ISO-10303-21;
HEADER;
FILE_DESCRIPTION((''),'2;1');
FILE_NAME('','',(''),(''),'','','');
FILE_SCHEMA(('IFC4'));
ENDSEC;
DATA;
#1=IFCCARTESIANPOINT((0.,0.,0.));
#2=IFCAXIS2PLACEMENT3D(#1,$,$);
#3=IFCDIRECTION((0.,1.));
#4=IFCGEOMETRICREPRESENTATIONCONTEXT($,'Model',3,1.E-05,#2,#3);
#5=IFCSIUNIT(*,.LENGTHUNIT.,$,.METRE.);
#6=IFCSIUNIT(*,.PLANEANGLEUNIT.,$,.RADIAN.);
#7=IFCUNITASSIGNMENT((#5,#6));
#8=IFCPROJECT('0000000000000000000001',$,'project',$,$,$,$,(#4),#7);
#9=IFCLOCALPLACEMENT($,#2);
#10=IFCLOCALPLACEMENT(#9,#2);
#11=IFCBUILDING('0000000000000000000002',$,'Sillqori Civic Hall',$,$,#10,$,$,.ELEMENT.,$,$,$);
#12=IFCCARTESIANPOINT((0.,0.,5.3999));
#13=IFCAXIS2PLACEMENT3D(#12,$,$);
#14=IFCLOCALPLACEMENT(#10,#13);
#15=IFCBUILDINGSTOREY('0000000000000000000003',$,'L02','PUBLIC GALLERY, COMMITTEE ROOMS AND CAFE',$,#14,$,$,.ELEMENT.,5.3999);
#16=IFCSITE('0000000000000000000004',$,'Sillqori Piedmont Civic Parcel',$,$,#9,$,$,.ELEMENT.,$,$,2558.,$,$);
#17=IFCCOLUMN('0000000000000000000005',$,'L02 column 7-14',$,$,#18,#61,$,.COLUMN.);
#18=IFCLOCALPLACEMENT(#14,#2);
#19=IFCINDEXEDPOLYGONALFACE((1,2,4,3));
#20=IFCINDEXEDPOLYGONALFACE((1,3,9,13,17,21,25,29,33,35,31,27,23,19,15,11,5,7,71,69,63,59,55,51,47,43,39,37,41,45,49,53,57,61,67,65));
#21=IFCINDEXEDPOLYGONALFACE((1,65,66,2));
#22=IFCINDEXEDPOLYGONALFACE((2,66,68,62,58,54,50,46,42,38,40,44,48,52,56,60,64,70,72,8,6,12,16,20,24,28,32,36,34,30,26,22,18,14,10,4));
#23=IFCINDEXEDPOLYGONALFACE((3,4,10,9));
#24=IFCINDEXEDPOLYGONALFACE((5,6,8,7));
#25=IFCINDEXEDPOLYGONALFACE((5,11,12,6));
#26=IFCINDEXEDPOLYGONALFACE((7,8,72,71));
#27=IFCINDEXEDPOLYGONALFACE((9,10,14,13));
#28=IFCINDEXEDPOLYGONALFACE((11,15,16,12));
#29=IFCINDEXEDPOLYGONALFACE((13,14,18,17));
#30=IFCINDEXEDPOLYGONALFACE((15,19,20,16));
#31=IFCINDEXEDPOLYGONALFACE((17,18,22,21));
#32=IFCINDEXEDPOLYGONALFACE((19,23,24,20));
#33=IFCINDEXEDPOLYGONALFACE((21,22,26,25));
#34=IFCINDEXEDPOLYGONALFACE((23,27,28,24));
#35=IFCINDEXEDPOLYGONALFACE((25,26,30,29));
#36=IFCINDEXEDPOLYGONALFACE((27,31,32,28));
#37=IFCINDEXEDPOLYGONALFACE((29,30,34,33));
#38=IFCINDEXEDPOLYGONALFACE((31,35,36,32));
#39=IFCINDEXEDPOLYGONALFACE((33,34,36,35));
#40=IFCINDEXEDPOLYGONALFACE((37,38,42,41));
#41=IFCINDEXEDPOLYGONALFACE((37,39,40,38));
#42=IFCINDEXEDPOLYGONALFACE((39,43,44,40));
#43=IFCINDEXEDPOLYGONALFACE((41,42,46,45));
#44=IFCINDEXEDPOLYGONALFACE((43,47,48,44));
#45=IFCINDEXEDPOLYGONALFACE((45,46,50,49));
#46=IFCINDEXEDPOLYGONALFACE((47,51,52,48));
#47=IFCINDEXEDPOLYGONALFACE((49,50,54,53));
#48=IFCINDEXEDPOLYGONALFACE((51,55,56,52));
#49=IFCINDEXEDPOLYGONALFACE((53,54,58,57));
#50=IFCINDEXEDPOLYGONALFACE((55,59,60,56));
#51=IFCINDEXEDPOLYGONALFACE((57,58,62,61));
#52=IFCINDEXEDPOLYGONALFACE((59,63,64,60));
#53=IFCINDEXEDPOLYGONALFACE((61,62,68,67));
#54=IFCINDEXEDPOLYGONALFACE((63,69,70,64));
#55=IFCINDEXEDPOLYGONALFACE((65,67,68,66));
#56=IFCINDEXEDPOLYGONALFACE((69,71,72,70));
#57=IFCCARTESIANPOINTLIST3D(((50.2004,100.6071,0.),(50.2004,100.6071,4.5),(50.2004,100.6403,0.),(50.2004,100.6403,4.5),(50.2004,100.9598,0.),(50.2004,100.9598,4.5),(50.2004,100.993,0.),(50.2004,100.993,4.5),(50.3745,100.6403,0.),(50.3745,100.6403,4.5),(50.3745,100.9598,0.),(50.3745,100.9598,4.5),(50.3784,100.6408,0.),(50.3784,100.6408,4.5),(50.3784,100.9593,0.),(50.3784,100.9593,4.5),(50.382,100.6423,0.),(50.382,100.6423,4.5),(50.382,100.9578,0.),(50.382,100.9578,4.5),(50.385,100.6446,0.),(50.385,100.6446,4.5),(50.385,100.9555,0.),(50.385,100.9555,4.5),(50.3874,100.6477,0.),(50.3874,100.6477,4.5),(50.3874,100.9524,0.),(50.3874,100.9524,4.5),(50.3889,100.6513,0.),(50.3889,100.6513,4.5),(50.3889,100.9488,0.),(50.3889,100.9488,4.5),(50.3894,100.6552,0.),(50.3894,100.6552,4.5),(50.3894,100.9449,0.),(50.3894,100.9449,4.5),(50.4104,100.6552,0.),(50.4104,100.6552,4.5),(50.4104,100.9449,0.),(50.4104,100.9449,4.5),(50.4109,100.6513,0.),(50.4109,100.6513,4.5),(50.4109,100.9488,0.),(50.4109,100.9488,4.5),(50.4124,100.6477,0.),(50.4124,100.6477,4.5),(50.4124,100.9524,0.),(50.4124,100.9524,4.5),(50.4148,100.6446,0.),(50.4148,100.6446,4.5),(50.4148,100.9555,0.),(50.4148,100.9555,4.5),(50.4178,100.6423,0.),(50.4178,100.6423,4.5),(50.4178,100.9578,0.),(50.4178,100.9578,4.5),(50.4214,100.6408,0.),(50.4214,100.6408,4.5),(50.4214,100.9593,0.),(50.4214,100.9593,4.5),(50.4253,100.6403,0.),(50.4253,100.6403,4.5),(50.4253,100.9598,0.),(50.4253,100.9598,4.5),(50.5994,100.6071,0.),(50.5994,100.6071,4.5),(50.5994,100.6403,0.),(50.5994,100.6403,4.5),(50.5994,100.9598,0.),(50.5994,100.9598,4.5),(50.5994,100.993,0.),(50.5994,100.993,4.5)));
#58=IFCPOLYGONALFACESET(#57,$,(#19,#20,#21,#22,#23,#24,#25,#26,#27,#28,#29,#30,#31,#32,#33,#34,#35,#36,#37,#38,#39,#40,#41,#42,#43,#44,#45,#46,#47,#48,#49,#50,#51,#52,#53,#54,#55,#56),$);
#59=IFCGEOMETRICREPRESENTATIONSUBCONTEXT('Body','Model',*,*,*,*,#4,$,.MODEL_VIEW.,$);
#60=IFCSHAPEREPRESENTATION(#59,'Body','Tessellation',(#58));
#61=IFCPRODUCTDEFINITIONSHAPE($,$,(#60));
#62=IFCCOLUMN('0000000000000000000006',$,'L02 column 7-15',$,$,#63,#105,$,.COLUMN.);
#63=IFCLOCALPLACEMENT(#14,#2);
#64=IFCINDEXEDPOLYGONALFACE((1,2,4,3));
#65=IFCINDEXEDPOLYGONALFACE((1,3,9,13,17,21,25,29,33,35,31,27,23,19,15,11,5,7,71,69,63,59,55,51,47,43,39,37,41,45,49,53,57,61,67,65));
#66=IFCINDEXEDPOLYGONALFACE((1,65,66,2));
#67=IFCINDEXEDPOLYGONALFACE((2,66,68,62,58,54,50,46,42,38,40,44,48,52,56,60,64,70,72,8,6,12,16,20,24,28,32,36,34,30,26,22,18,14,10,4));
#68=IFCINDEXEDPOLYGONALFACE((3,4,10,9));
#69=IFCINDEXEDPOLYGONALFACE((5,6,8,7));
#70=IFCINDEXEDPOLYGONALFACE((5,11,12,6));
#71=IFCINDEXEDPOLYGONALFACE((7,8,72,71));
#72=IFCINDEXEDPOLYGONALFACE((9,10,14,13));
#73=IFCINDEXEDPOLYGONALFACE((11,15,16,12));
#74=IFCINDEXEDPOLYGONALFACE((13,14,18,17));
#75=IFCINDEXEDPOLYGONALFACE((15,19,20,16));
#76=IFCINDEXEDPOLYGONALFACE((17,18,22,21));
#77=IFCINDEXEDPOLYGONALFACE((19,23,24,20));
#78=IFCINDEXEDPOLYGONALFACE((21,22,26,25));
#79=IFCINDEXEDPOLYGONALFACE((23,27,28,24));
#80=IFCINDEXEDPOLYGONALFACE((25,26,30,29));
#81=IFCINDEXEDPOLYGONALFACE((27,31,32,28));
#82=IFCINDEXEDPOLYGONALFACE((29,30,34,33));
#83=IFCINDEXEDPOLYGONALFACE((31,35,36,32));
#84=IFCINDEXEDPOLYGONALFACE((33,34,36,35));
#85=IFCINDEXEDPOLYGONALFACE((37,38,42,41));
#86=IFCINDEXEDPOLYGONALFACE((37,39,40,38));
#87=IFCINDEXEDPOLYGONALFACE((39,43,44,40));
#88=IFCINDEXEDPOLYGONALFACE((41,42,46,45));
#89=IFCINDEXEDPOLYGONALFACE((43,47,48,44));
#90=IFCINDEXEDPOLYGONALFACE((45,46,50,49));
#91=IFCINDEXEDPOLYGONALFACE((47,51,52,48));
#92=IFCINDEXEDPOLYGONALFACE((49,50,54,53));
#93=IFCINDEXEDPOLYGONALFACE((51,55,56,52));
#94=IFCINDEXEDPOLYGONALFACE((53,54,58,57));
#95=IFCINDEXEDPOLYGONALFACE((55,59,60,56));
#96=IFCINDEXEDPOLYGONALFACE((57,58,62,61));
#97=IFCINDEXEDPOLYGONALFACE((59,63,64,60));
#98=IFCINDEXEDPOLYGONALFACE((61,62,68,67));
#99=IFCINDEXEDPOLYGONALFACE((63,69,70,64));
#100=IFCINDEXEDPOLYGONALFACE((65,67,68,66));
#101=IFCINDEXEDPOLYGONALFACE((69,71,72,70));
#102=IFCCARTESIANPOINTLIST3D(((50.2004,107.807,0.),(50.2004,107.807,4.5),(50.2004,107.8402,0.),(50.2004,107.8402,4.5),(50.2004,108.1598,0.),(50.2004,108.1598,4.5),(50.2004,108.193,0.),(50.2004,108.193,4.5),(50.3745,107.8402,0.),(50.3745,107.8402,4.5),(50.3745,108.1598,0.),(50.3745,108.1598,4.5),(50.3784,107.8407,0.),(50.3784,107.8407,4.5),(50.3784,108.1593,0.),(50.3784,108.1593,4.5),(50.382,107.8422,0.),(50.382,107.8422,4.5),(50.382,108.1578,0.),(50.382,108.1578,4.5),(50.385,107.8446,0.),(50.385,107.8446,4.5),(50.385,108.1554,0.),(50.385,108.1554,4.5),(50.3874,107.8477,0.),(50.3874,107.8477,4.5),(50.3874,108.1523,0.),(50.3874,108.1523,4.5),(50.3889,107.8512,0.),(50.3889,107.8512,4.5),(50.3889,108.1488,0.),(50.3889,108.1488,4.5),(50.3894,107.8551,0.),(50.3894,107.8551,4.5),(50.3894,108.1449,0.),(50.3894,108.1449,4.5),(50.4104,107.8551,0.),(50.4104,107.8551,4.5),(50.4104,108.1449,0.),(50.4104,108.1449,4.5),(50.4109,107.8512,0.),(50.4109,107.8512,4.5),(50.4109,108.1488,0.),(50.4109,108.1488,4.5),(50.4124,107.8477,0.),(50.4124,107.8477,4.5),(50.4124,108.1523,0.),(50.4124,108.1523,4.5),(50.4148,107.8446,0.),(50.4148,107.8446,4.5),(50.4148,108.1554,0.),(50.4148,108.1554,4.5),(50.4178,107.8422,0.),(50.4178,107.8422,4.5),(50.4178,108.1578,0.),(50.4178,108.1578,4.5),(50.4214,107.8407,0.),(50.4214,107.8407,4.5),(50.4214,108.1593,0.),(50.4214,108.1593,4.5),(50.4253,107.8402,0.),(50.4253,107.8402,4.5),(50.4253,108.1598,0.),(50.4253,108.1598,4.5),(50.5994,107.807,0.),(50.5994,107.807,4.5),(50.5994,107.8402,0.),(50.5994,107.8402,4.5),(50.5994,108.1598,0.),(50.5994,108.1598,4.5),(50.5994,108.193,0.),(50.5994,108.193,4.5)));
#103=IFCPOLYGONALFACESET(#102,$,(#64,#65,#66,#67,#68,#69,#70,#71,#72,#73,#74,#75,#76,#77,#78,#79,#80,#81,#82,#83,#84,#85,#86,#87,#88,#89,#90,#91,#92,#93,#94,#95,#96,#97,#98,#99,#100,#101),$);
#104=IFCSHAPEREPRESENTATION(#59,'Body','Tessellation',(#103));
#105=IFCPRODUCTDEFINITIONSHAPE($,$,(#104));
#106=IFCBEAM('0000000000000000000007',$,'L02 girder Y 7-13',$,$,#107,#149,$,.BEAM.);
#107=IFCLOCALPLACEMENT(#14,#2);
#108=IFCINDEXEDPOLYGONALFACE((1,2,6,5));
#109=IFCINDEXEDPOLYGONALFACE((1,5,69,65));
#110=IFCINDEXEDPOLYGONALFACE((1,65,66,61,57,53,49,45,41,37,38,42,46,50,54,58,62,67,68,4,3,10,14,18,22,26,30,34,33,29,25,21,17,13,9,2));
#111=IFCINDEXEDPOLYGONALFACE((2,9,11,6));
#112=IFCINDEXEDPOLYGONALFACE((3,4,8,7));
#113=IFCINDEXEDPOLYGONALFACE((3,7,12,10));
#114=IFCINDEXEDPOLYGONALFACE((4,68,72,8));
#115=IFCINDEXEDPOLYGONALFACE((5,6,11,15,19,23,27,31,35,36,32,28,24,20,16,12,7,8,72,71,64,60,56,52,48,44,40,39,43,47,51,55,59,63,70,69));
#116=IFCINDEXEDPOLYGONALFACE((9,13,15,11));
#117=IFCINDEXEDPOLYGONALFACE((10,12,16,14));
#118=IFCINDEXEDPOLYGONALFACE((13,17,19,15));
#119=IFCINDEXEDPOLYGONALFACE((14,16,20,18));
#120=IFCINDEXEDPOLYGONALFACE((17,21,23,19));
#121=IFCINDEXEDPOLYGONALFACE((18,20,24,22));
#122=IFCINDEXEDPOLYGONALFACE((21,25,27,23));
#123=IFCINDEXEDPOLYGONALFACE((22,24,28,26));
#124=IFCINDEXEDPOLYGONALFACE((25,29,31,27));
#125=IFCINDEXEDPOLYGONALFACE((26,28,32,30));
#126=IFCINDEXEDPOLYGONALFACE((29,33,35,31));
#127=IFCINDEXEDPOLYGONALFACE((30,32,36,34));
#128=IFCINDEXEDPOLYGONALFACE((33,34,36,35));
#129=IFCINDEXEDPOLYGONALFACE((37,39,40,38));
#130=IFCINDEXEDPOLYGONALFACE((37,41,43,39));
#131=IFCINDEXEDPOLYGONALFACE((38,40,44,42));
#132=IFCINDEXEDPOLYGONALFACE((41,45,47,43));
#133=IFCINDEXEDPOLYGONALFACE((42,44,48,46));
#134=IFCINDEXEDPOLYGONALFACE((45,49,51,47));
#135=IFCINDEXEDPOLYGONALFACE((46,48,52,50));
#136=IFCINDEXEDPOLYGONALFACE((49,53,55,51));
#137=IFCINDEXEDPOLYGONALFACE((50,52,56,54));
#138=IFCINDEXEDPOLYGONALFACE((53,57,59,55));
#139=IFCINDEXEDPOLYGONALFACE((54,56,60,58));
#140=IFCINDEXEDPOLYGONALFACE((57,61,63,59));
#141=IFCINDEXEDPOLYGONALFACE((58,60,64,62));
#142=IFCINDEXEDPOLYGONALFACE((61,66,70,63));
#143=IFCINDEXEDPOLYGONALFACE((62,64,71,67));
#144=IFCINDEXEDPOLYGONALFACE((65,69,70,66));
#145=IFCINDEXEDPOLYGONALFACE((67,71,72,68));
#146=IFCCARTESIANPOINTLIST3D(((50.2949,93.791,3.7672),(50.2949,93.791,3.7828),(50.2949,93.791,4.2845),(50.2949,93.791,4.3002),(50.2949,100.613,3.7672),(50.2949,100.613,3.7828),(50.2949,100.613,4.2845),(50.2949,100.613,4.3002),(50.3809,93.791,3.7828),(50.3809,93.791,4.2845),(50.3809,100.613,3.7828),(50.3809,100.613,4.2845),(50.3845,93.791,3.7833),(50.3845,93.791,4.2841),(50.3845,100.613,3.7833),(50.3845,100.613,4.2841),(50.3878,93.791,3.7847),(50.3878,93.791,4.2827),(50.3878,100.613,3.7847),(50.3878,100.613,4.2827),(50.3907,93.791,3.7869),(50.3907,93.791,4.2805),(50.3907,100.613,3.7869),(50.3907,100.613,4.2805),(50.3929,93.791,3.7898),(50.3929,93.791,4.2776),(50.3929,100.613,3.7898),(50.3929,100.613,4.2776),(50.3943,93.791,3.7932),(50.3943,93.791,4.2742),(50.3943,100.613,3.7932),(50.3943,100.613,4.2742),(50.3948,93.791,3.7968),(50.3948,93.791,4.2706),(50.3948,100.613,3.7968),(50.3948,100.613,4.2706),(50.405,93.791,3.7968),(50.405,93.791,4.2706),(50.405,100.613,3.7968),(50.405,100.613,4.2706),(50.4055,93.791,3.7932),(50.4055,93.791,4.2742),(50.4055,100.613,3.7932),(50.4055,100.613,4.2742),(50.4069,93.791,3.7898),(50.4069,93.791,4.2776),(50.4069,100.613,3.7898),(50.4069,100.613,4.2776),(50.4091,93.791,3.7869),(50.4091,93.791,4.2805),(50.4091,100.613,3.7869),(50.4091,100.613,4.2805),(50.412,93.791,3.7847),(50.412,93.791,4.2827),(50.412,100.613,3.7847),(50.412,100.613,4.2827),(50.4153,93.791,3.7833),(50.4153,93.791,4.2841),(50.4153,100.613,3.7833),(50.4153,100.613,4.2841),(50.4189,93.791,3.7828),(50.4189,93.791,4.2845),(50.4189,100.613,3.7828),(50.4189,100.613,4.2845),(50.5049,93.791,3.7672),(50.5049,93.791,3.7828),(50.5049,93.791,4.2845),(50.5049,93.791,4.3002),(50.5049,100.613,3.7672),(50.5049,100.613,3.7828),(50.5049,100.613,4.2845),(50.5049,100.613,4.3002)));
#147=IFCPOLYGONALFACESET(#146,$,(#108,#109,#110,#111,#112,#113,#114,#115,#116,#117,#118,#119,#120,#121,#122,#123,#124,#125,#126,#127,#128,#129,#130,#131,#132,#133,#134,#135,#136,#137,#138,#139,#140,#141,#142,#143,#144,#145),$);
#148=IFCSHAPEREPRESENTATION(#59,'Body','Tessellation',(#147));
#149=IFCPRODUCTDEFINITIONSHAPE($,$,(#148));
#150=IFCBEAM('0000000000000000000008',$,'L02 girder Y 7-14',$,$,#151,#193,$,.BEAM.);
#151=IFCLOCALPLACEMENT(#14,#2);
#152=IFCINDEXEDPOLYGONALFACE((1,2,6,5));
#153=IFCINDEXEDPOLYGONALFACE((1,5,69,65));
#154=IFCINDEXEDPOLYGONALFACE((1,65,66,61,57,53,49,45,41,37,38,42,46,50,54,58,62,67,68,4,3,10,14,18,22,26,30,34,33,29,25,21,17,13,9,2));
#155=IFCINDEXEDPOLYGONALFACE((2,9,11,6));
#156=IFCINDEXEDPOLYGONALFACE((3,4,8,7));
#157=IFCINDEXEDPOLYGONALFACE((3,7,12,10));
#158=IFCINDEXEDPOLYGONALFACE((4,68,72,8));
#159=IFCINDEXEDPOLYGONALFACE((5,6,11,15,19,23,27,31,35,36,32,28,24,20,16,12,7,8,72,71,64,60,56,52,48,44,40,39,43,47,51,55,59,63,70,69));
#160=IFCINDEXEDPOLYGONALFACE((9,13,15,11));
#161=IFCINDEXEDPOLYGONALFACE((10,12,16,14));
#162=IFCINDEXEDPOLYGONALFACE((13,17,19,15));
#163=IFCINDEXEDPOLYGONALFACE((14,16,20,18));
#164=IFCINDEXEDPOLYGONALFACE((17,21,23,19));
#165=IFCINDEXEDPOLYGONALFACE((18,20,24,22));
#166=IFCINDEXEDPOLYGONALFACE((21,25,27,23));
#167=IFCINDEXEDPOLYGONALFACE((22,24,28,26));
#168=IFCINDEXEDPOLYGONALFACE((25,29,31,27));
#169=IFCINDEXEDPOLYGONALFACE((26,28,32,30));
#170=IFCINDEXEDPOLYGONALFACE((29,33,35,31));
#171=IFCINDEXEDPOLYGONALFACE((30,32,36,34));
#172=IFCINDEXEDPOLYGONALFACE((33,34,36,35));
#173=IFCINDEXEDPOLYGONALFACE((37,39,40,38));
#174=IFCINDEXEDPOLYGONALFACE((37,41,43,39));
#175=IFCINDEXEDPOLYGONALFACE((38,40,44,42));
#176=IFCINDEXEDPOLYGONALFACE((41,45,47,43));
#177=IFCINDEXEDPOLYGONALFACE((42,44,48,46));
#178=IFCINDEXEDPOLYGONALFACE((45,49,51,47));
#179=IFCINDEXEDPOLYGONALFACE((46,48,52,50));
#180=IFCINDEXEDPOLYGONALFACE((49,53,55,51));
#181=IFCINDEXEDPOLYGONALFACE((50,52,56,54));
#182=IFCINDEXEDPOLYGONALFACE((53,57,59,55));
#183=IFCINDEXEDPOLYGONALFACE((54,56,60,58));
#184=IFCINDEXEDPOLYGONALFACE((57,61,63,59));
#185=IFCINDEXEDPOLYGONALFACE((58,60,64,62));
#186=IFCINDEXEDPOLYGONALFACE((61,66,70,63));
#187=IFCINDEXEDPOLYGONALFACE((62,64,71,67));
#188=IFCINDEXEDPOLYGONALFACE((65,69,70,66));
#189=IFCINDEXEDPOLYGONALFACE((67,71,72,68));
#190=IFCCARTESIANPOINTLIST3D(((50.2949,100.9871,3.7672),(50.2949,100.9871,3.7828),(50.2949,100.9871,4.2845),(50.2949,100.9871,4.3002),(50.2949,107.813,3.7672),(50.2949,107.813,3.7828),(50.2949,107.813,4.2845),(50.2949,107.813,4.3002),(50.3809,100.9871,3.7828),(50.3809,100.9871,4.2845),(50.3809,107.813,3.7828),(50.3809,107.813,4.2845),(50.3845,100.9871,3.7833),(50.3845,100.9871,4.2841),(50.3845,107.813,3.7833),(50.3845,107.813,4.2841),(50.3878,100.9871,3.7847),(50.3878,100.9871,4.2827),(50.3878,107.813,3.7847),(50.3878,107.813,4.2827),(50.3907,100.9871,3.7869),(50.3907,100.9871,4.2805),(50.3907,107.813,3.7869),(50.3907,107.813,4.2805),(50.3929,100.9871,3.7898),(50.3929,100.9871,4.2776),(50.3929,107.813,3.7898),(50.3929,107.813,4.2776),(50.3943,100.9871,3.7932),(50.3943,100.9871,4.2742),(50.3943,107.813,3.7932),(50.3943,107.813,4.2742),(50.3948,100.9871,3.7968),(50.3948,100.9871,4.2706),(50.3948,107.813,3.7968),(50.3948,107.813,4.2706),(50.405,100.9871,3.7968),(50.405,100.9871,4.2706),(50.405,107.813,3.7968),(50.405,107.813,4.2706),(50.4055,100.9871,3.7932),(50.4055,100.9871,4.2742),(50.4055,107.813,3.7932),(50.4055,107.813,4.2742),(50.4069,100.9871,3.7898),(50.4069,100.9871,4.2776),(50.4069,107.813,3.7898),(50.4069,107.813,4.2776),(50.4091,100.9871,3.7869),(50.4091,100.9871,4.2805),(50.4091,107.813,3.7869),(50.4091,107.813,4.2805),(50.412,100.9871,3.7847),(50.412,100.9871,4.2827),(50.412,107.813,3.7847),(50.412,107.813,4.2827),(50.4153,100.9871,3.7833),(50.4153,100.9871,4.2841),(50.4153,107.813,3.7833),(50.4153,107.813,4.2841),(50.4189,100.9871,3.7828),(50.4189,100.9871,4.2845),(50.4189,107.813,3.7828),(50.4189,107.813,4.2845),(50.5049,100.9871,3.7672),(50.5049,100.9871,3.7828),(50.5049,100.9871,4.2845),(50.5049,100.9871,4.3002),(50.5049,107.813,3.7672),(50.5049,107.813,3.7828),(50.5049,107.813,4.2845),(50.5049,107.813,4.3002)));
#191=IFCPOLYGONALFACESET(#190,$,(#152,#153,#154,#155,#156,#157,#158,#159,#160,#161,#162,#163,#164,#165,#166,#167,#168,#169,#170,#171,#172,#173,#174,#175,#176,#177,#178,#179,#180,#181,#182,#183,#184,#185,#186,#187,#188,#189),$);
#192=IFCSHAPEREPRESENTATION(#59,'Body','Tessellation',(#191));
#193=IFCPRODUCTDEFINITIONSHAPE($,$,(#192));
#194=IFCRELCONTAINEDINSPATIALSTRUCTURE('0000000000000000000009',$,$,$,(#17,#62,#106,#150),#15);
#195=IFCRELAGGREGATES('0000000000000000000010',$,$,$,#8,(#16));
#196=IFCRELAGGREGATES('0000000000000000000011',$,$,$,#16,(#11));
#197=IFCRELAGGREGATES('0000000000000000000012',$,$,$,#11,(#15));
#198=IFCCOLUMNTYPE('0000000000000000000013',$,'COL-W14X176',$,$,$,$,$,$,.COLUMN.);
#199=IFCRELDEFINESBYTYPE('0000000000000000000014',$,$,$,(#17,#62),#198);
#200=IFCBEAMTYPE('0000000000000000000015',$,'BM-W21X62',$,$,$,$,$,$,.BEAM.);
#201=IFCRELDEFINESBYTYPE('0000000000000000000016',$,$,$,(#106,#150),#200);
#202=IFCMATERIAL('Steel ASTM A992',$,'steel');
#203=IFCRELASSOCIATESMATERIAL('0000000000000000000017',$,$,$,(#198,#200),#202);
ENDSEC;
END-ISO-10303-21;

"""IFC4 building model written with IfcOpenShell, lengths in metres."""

from ifc_helpers import new_model, si_unit, direction, frame, origin, origin_2d, place, context, subcontext, project, spatial, i_section, extrude, material, material_profile, profile_set, type_object, element, save


model = new_model("IFC4")

# Units and contexts
model_context = context("Model", 3, precision=1e-05, world=origin(), true_north=direction((0.0, 1.0)))
body_context = subcontext(model_context, "Body", "Model", "MODEL_VIEW")
ifc_project = project(units=[si_unit("LENGTHUNIT", "METRE"), si_unit("PLANEANGLEUNIT", "RADIAN")], contexts=[model_context])

# Site, building, storey
site_placement = place(None, origin())
site = spatial("IfcSite", under=ifc_project, at=site_placement, Name="Sillqori Piedmont Civic Parcel", CompositionType="ELEMENT", RefElevation=2558.0)
building_placement = place(site_placement, origin())
building = spatial("IfcBuilding", under=site, at=building_placement, Name="Sillqori Civic Hall", CompositionType="ELEMENT")
storey_placement = place(building_placement, frame((0.0, 0.0, 5.3999)))
storey = spatial("IfcBuildingStorey", under=building, at=storey_placement, Name="L02", Description="PUBLIC GALLERY, COMMITTEE ROOMS AND CAFE", CompositionType="ELEMENT", Elevation=5.3999)

# Columns
ifc_material_1 = material(Name="Steel ASTM A992", Category="steel")
ifc_material_profile_1 = material_profile(ifc_material_1, i_section(OverallWidth=0.3989, OverallDepth=0.386, WebThickness=0.021, FlangeThickness=0.0332, FilletRadius=0.0149, at=origin_2d()), Name="W14X176")
ifc_profile_set_1 = profile_set([ifc_material_profile_1], Name="Steel ASTM A992")
column_type = type_object("IfcColumnType", Name="COL-W14X176", PredefinedType="COLUMN", material=ifc_profile_set_1)
for number, where, z_axis, x_axis, name in (
    (1, (50.3999, 100.8, 0.0), (0.0, 0.0, 1.0), (1.0, 0.0, 0.0), "L02 column 7-14"),
    (2, (50.3999, 108.0, 0.0), (0.0, 0.0, 1.0), (1.0, 0.0, 0.0), "L02 column 7-15"),
):
    element("IfcColumn", number, at=place(storey_placement, frame(where, z_axis=z_axis, x_axis=x_axis)), inside=storey, type_object=column_type, Name=name, PredefinedType="COLUMN", context=body_context, shape_type="SweptSolid", body=[
        extrude(i_section(OverallWidth=0.3989, OverallDepth=0.386, WebThickness=0.021, FlangeThickness=0.0332, FilletRadius=0.0149, at=origin_2d()), origin(), (0.0, 0.0, 1.0), 4.5),
    ])

# Beams
ifc_material_profile_2 = material_profile(ifc_material_1, i_section(OverallWidth=0.21, OverallDepth=0.533, WebThickness=0.0103, FlangeThickness=0.0156, FilletRadius=0.0139, at=origin_2d()), Name="W21X62")
ifc_profile_set_2 = profile_set([ifc_material_profile_2], Name="Steel ASTM A992")
beam_type_1 = type_object("IfcBeamType", Name="BM-W21X62", PredefinedType="BEAM", material=ifc_profile_set_2)
beam_1_placement = place(storey_placement, frame((50.3999, 93.791, 4.0337), z_axis=(0.0, 1.0, 0.0), x_axis=(-1.0, 0.0, 0.0)))
element("IfcBeam", 3, at=beam_1_placement, inside=storey, type_object=beam_type_1, Name="L02 girder Y 7-13", PredefinedType="BEAM", context=body_context, shape_type="SweptSolid", body=[
    extrude(i_section(OverallWidth=0.21, OverallDepth=0.533, WebThickness=0.0103, FlangeThickness=0.0156, FilletRadius=0.0139, at=origin_2d()), origin(), (0.0, 0.0, 1.0), 6.822),
])
beam_2_placement = place(storey_placement, frame((50.3999, 100.9871, 4.0337), z_axis=(0.0, 1.0, 0.0), x_axis=(-1.0, 0.0, 0.0)))
element("IfcBeam", 4, at=beam_2_placement, inside=storey, type_object=beam_type_1, Name="L02 girder Y 7-14", PredefinedType="BEAM", context=body_context, shape_type="SweptSolid", body=[
    extrude(i_section(OverallWidth=0.21, OverallDepth=0.533, WebThickness=0.0103, FlangeThickness=0.0156, FilletRadius=0.0139, at=origin_2d()), origin(), (0.0, 0.0, 1.0), 6.8259),
])

save(model, "model.ifc")
